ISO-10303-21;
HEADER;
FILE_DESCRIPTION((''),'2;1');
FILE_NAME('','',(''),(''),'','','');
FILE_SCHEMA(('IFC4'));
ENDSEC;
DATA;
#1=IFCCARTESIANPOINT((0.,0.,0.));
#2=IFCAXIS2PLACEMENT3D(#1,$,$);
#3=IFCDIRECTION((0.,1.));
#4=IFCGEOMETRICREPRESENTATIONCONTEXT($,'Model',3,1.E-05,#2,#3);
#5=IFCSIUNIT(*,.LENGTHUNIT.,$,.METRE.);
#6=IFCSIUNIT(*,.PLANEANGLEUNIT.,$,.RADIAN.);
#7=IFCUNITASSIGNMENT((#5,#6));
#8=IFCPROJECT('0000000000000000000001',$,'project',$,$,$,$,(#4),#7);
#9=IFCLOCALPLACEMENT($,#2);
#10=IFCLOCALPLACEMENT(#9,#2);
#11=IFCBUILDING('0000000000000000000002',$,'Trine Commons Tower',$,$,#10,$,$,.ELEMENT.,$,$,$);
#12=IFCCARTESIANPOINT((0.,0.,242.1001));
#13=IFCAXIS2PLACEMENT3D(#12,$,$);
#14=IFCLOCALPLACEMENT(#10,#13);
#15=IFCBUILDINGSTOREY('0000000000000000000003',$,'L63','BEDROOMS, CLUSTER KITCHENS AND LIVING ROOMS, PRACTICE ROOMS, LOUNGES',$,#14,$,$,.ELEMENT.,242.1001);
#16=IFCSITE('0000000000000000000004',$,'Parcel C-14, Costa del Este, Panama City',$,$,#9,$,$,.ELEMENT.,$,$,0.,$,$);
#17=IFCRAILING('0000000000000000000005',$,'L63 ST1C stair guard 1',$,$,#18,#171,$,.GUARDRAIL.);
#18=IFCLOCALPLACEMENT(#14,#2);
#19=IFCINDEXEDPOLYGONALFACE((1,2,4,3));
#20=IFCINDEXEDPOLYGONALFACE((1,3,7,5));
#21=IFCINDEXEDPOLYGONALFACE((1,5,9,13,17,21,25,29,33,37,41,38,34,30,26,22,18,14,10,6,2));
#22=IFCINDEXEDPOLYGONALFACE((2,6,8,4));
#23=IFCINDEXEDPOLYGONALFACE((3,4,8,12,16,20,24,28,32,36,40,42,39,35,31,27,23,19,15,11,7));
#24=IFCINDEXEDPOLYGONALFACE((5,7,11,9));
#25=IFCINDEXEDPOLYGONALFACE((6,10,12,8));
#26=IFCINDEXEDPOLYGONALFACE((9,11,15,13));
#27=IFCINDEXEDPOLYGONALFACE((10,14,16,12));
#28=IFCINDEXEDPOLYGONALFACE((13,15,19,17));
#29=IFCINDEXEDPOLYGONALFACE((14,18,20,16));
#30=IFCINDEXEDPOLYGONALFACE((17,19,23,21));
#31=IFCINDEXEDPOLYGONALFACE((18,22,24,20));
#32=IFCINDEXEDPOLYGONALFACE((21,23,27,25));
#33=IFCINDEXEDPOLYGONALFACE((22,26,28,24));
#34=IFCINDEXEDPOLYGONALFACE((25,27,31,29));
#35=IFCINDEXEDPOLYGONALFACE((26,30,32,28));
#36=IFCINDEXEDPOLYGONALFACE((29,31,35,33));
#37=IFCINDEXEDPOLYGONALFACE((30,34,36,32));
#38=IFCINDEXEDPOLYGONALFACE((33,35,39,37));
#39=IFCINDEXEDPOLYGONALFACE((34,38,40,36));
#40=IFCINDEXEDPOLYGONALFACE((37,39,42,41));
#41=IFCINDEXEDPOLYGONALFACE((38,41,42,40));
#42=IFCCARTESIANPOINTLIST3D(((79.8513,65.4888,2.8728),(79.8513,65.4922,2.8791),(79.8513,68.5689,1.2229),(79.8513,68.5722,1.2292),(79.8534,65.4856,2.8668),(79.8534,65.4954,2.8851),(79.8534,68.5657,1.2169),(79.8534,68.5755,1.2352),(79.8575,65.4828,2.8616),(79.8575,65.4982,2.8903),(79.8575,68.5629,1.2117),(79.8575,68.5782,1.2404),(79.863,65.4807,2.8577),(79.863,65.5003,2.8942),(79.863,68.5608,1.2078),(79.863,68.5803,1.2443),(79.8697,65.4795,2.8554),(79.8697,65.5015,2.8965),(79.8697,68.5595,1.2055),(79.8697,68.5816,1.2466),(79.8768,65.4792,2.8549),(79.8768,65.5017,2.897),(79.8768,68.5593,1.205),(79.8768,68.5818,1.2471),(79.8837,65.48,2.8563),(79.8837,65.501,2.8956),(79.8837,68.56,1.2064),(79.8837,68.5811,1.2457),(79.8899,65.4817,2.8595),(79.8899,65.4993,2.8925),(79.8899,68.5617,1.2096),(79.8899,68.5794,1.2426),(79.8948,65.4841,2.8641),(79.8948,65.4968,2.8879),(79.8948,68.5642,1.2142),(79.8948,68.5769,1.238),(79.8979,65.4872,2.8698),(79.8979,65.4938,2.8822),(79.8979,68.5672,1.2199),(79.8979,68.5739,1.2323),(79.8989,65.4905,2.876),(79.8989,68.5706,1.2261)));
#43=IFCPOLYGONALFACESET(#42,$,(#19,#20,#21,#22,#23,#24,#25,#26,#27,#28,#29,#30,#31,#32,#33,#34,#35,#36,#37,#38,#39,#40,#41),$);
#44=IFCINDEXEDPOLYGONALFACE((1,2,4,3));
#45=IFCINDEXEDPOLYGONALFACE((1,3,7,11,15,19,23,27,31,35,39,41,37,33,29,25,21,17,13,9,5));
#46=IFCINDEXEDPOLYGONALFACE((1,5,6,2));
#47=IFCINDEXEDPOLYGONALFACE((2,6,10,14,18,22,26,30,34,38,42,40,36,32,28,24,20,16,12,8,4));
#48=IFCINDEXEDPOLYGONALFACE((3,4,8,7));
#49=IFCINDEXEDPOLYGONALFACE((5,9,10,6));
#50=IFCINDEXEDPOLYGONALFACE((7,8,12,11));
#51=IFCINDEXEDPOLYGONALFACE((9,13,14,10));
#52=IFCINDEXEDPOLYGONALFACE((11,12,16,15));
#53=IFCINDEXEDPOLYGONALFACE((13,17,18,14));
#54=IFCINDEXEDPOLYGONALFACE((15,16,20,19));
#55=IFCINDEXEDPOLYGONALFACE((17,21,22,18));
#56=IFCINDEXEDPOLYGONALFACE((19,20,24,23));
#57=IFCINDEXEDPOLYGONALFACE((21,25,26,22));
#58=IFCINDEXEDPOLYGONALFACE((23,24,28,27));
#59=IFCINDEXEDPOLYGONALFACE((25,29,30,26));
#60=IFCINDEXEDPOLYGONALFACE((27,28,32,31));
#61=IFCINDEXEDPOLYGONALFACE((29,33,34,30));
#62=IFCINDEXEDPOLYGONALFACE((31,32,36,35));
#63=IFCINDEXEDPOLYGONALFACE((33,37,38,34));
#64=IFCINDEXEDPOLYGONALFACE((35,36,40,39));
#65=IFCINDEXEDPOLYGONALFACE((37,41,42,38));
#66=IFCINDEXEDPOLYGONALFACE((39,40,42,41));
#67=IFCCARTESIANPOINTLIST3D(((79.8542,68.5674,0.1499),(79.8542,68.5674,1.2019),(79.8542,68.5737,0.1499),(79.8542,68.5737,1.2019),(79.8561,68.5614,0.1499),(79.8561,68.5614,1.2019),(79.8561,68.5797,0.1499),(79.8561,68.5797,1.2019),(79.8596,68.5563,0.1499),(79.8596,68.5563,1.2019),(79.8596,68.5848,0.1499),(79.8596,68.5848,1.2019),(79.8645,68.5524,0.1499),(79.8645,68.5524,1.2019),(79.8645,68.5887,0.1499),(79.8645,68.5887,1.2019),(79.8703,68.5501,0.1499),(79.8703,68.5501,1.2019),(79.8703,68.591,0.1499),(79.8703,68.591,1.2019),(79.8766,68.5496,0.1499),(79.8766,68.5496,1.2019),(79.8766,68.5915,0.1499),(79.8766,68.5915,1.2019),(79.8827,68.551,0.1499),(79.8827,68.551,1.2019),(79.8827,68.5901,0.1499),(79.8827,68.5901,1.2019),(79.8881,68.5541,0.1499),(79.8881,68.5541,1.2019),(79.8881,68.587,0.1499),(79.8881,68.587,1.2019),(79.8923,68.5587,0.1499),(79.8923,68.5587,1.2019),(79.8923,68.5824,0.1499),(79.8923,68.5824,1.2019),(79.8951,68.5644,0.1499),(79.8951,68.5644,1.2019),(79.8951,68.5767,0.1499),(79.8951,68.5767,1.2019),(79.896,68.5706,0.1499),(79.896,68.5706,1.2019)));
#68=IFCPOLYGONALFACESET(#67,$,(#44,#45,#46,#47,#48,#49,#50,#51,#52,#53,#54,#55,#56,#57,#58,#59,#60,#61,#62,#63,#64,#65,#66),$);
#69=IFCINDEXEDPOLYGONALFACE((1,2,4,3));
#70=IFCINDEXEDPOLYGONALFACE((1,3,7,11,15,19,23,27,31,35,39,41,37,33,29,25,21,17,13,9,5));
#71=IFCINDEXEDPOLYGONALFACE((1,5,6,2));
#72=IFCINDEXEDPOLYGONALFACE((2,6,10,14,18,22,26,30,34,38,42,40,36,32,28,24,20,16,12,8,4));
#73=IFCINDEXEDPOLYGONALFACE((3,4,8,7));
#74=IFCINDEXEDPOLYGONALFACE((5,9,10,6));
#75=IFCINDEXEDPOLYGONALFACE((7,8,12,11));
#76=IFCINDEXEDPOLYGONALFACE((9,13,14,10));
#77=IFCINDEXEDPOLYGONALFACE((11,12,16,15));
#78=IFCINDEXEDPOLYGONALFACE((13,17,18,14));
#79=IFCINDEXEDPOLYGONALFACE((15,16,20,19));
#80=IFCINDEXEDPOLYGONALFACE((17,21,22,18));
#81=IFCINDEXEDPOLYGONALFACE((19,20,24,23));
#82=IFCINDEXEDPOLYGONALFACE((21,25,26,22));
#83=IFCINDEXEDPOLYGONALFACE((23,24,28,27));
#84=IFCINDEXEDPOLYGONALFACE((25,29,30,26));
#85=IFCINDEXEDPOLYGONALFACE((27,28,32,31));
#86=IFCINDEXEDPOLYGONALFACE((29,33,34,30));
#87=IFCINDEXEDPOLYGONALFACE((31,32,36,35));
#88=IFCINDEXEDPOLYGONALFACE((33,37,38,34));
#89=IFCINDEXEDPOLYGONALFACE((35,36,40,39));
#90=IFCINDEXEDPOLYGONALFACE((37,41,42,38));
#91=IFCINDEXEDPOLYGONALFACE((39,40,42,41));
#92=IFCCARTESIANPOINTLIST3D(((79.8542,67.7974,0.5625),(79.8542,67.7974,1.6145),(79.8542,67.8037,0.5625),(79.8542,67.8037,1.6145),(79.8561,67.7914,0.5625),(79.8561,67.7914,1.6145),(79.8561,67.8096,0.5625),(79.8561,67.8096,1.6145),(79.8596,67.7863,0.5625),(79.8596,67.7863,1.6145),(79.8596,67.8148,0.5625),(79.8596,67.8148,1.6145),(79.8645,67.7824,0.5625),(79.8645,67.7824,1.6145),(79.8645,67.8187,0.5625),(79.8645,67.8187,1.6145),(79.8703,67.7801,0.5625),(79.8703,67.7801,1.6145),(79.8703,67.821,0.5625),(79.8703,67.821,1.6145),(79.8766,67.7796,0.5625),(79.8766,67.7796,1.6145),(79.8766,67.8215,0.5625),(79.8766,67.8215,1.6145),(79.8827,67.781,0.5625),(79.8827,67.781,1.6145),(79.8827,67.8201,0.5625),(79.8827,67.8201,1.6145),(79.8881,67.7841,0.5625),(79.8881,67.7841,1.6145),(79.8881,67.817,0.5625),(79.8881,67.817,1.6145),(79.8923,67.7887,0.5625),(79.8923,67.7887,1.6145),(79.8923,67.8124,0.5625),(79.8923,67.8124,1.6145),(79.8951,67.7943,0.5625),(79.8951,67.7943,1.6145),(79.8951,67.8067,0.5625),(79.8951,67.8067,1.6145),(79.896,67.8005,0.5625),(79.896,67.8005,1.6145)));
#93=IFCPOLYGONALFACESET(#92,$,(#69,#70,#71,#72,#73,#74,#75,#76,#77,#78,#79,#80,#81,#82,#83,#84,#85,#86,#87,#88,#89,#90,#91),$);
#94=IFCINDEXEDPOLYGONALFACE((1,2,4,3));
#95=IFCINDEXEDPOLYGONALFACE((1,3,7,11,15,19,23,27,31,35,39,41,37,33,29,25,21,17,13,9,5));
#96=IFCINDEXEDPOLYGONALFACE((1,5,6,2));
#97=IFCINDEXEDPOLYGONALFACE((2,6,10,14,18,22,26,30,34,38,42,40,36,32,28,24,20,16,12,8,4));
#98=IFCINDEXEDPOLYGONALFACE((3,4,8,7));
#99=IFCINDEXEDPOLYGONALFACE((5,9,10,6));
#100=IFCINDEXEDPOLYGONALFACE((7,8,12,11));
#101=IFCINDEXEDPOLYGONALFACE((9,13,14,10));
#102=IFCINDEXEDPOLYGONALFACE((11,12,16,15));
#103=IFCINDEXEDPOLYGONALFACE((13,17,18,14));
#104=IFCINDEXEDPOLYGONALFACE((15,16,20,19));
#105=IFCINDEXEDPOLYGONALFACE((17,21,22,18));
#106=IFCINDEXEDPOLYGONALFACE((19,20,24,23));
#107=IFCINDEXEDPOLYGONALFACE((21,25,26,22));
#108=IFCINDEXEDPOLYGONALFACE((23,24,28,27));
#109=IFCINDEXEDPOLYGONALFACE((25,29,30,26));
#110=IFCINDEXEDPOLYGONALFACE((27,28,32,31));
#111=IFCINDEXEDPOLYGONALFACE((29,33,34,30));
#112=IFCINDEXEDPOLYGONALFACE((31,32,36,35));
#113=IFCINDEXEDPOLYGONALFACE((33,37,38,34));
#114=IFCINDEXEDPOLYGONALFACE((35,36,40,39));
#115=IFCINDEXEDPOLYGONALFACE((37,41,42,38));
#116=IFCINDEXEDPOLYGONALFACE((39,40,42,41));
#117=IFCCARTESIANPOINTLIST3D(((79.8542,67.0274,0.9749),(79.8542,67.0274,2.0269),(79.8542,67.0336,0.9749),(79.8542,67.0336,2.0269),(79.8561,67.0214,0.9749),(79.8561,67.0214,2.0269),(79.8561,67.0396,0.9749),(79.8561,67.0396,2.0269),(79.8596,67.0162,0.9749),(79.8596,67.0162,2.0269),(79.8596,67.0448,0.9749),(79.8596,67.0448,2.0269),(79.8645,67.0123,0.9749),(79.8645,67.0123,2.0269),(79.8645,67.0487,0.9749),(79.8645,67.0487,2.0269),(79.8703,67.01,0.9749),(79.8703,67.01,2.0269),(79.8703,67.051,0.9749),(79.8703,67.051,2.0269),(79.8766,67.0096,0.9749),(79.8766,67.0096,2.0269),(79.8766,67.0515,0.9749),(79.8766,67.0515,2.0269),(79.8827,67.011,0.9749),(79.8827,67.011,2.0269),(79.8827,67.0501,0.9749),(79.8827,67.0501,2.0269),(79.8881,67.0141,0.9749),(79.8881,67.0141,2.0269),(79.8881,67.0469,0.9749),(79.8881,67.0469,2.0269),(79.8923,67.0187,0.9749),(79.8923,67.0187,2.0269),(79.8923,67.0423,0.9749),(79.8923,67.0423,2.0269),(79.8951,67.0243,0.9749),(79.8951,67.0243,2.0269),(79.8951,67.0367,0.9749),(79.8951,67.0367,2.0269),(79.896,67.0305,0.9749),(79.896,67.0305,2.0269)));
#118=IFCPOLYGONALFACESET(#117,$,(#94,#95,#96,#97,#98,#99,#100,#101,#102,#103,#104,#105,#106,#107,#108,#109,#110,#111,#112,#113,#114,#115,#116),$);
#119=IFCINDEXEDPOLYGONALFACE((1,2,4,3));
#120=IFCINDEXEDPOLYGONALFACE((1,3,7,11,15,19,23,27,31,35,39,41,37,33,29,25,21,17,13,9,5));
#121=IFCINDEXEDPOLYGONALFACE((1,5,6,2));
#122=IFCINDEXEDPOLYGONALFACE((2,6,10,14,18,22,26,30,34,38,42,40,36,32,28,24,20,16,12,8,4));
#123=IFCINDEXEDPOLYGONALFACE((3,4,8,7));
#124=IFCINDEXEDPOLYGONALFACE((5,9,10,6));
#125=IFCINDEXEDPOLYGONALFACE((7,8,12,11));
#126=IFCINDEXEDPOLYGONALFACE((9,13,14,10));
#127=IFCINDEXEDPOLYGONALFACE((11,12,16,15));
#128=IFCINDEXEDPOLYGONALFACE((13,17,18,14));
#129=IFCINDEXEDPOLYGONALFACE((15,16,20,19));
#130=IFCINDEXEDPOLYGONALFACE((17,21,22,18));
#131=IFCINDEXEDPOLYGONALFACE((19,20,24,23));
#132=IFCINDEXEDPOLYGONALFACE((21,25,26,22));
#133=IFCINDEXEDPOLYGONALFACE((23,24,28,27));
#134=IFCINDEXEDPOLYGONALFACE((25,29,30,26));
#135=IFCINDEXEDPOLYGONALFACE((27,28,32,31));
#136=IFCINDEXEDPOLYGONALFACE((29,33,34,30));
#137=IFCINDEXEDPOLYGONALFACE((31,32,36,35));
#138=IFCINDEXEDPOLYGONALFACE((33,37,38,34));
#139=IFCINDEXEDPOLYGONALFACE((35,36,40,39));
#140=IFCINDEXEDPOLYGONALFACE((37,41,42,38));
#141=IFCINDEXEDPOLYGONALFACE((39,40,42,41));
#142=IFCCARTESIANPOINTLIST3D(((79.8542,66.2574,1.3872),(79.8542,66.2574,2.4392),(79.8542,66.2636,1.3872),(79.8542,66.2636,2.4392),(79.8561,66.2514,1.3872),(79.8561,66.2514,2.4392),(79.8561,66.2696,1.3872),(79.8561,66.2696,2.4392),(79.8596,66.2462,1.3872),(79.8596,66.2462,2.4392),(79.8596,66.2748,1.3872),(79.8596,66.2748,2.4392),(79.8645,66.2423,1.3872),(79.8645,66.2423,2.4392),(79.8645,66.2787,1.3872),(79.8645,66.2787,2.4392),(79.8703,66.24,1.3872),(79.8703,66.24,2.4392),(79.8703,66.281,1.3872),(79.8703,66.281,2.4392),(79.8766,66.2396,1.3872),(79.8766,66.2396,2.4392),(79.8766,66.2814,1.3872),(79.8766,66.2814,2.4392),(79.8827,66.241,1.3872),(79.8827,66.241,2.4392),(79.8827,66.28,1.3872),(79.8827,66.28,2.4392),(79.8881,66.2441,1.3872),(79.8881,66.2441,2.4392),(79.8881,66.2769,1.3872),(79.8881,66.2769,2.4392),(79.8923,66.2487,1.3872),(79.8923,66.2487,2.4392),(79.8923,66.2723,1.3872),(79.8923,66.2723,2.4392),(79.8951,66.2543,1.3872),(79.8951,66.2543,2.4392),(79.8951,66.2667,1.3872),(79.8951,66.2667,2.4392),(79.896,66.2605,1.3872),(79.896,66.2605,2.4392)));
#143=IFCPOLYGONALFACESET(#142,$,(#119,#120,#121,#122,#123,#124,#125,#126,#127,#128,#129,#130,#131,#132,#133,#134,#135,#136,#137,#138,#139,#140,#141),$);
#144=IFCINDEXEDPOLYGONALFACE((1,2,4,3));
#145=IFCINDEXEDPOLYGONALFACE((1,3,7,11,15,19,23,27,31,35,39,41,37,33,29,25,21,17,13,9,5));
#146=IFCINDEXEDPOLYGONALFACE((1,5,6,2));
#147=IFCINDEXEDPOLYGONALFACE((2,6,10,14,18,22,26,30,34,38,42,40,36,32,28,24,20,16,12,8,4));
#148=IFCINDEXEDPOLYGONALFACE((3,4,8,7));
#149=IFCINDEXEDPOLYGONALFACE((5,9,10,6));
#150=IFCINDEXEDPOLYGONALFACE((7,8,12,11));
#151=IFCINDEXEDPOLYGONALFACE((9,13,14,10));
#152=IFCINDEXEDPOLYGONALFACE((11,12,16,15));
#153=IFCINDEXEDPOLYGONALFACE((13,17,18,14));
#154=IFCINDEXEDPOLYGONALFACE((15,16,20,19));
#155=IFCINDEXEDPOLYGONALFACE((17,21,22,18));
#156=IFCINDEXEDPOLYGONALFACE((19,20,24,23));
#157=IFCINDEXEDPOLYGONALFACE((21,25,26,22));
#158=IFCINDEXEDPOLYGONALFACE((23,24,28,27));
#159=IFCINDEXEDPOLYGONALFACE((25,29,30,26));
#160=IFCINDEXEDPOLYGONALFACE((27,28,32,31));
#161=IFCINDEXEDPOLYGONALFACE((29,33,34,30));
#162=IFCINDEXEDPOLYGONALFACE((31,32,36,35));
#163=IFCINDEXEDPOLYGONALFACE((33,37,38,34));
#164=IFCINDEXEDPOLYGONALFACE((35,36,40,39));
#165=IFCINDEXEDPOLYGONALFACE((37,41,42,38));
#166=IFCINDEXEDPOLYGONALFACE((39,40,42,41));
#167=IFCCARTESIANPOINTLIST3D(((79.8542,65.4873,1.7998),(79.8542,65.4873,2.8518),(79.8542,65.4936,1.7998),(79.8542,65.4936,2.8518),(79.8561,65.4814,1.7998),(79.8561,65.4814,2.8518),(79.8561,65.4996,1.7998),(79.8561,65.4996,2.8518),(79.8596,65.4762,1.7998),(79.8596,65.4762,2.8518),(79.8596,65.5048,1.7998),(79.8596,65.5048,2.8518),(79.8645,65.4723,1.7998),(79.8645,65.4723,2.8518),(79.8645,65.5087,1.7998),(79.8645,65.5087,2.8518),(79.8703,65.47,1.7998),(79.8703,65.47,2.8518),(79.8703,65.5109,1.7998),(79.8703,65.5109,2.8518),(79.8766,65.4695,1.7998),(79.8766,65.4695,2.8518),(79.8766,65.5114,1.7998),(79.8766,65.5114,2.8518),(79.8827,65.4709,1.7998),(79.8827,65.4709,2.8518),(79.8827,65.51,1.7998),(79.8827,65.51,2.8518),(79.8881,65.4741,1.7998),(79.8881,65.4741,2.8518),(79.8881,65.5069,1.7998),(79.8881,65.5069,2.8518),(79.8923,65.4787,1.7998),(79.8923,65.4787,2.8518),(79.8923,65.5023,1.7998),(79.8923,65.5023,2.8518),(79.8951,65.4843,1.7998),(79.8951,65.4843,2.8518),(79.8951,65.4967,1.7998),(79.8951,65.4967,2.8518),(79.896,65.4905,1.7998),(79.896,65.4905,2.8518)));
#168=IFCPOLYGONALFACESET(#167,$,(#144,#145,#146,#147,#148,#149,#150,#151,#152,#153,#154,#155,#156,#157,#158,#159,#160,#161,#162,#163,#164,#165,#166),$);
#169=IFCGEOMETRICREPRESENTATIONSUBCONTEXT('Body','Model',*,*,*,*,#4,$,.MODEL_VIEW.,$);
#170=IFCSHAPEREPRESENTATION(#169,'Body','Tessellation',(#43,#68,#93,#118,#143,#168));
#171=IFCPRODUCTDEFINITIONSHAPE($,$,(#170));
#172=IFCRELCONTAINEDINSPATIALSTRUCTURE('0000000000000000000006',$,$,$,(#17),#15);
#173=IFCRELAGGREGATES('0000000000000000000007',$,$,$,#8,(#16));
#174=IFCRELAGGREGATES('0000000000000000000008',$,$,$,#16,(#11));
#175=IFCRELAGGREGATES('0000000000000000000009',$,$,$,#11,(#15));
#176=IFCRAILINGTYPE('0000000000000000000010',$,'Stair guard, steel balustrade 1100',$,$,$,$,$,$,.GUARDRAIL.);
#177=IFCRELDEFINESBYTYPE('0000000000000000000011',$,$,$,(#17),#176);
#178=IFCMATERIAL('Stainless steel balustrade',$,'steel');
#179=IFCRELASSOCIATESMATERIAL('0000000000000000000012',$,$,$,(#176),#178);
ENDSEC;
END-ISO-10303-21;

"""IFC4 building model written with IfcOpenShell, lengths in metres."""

from ifc_helpers import new_model, si_unit, direction, frame, origin, origin_2d, place, context, subcontext, project, spatial, circle, extrude, material, type_object, element, save


model = new_model("IFC4")

# Units and contexts
model_context = context("Model", 3, precision=1e-05, world=origin(), true_north=direction((0.0, 1.0)))
body_context = subcontext(model_context, "Body", "Model", "MODEL_VIEW")
ifc_project = project(units=[si_unit("LENGTHUNIT", "METRE"), si_unit("PLANEANGLEUNIT", "RADIAN")], contexts=[model_context])

# Site, building, storey
site_placement = place(None, origin())
site = spatial("IfcSite", under=ifc_project, at=site_placement, Name="Parcel C-14, Costa del Este, Panama City", CompositionType="ELEMENT", RefElevation=0.0)
building_placement = place(site_placement, origin())
building = spatial("IfcBuilding", under=site, at=building_placement, Name="Trine Commons Tower", CompositionType="ELEMENT")
storey_placement = place(building_placement, frame((0.0, 0.0, 242.1001)))
storey = spatial("IfcBuildingStorey", under=building, at=storey_placement, Name="L63", Description="BEDROOMS, CLUSTER KITCHENS AND LIVING ROOMS, PRACTICE ROOMS, LOUNGES", CompositionType="ELEMENT", Elevation=242.1001)

# Railing
ifc_material_1 = material(Name="Stainless steel balustrade", Category="steel")
railing_type_1 = type_object("IfcRailingType", Name="Stair guard, steel balustrade 1100", PredefinedType="GUARDRAIL", material=ifc_material_1)
railing_1_placement = place(storey_placement, frame((79.875, 68.5706, 0.1499)))
element("IfcRailing", 1, at=railing_1_placement, inside=storey, type_object=railing_type_1, Name="L63 ST1C stair guard 1", PredefinedType="GUARDRAIL", context=body_context, shape_type="SweptSolid", body=[
    extrude(circle(Radius=0.0239, at=origin_2d()), frame((0.0, 0.0, 1.0762), z_axis=(0.0, -0.881497, 0.47219), x_axis=(1.0, 0.0, 0.0)), (0.0, 0.0, 1.0), 3.4941),
    extrude(circle(Radius=0.021, at=origin_2d()), origin(), (0.0, 0.0, 1.0), 1.052),
    extrude(circle(Radius=0.021, at=origin_2d()), frame((0.0, -0.77, 0.4126)), (0.0, 0.0, 1.0), 1.052),
    extrude(circle(Radius=0.021, at=origin_2d()), frame((0.0, -1.54, 0.825)), (0.0, 0.0, 1.0), 1.052),
    extrude(circle(Radius=0.021, at=origin_2d()), frame((0.0, -2.3101, 1.2373)), (0.0, 0.0, 1.0), 1.052),
    extrude(circle(Radius=0.021, at=origin_2d()), frame((0.0, -3.0801, 1.6499)), (0.0, 0.0, 1.0), 1.052),
])

save(model, "model.ifc")
